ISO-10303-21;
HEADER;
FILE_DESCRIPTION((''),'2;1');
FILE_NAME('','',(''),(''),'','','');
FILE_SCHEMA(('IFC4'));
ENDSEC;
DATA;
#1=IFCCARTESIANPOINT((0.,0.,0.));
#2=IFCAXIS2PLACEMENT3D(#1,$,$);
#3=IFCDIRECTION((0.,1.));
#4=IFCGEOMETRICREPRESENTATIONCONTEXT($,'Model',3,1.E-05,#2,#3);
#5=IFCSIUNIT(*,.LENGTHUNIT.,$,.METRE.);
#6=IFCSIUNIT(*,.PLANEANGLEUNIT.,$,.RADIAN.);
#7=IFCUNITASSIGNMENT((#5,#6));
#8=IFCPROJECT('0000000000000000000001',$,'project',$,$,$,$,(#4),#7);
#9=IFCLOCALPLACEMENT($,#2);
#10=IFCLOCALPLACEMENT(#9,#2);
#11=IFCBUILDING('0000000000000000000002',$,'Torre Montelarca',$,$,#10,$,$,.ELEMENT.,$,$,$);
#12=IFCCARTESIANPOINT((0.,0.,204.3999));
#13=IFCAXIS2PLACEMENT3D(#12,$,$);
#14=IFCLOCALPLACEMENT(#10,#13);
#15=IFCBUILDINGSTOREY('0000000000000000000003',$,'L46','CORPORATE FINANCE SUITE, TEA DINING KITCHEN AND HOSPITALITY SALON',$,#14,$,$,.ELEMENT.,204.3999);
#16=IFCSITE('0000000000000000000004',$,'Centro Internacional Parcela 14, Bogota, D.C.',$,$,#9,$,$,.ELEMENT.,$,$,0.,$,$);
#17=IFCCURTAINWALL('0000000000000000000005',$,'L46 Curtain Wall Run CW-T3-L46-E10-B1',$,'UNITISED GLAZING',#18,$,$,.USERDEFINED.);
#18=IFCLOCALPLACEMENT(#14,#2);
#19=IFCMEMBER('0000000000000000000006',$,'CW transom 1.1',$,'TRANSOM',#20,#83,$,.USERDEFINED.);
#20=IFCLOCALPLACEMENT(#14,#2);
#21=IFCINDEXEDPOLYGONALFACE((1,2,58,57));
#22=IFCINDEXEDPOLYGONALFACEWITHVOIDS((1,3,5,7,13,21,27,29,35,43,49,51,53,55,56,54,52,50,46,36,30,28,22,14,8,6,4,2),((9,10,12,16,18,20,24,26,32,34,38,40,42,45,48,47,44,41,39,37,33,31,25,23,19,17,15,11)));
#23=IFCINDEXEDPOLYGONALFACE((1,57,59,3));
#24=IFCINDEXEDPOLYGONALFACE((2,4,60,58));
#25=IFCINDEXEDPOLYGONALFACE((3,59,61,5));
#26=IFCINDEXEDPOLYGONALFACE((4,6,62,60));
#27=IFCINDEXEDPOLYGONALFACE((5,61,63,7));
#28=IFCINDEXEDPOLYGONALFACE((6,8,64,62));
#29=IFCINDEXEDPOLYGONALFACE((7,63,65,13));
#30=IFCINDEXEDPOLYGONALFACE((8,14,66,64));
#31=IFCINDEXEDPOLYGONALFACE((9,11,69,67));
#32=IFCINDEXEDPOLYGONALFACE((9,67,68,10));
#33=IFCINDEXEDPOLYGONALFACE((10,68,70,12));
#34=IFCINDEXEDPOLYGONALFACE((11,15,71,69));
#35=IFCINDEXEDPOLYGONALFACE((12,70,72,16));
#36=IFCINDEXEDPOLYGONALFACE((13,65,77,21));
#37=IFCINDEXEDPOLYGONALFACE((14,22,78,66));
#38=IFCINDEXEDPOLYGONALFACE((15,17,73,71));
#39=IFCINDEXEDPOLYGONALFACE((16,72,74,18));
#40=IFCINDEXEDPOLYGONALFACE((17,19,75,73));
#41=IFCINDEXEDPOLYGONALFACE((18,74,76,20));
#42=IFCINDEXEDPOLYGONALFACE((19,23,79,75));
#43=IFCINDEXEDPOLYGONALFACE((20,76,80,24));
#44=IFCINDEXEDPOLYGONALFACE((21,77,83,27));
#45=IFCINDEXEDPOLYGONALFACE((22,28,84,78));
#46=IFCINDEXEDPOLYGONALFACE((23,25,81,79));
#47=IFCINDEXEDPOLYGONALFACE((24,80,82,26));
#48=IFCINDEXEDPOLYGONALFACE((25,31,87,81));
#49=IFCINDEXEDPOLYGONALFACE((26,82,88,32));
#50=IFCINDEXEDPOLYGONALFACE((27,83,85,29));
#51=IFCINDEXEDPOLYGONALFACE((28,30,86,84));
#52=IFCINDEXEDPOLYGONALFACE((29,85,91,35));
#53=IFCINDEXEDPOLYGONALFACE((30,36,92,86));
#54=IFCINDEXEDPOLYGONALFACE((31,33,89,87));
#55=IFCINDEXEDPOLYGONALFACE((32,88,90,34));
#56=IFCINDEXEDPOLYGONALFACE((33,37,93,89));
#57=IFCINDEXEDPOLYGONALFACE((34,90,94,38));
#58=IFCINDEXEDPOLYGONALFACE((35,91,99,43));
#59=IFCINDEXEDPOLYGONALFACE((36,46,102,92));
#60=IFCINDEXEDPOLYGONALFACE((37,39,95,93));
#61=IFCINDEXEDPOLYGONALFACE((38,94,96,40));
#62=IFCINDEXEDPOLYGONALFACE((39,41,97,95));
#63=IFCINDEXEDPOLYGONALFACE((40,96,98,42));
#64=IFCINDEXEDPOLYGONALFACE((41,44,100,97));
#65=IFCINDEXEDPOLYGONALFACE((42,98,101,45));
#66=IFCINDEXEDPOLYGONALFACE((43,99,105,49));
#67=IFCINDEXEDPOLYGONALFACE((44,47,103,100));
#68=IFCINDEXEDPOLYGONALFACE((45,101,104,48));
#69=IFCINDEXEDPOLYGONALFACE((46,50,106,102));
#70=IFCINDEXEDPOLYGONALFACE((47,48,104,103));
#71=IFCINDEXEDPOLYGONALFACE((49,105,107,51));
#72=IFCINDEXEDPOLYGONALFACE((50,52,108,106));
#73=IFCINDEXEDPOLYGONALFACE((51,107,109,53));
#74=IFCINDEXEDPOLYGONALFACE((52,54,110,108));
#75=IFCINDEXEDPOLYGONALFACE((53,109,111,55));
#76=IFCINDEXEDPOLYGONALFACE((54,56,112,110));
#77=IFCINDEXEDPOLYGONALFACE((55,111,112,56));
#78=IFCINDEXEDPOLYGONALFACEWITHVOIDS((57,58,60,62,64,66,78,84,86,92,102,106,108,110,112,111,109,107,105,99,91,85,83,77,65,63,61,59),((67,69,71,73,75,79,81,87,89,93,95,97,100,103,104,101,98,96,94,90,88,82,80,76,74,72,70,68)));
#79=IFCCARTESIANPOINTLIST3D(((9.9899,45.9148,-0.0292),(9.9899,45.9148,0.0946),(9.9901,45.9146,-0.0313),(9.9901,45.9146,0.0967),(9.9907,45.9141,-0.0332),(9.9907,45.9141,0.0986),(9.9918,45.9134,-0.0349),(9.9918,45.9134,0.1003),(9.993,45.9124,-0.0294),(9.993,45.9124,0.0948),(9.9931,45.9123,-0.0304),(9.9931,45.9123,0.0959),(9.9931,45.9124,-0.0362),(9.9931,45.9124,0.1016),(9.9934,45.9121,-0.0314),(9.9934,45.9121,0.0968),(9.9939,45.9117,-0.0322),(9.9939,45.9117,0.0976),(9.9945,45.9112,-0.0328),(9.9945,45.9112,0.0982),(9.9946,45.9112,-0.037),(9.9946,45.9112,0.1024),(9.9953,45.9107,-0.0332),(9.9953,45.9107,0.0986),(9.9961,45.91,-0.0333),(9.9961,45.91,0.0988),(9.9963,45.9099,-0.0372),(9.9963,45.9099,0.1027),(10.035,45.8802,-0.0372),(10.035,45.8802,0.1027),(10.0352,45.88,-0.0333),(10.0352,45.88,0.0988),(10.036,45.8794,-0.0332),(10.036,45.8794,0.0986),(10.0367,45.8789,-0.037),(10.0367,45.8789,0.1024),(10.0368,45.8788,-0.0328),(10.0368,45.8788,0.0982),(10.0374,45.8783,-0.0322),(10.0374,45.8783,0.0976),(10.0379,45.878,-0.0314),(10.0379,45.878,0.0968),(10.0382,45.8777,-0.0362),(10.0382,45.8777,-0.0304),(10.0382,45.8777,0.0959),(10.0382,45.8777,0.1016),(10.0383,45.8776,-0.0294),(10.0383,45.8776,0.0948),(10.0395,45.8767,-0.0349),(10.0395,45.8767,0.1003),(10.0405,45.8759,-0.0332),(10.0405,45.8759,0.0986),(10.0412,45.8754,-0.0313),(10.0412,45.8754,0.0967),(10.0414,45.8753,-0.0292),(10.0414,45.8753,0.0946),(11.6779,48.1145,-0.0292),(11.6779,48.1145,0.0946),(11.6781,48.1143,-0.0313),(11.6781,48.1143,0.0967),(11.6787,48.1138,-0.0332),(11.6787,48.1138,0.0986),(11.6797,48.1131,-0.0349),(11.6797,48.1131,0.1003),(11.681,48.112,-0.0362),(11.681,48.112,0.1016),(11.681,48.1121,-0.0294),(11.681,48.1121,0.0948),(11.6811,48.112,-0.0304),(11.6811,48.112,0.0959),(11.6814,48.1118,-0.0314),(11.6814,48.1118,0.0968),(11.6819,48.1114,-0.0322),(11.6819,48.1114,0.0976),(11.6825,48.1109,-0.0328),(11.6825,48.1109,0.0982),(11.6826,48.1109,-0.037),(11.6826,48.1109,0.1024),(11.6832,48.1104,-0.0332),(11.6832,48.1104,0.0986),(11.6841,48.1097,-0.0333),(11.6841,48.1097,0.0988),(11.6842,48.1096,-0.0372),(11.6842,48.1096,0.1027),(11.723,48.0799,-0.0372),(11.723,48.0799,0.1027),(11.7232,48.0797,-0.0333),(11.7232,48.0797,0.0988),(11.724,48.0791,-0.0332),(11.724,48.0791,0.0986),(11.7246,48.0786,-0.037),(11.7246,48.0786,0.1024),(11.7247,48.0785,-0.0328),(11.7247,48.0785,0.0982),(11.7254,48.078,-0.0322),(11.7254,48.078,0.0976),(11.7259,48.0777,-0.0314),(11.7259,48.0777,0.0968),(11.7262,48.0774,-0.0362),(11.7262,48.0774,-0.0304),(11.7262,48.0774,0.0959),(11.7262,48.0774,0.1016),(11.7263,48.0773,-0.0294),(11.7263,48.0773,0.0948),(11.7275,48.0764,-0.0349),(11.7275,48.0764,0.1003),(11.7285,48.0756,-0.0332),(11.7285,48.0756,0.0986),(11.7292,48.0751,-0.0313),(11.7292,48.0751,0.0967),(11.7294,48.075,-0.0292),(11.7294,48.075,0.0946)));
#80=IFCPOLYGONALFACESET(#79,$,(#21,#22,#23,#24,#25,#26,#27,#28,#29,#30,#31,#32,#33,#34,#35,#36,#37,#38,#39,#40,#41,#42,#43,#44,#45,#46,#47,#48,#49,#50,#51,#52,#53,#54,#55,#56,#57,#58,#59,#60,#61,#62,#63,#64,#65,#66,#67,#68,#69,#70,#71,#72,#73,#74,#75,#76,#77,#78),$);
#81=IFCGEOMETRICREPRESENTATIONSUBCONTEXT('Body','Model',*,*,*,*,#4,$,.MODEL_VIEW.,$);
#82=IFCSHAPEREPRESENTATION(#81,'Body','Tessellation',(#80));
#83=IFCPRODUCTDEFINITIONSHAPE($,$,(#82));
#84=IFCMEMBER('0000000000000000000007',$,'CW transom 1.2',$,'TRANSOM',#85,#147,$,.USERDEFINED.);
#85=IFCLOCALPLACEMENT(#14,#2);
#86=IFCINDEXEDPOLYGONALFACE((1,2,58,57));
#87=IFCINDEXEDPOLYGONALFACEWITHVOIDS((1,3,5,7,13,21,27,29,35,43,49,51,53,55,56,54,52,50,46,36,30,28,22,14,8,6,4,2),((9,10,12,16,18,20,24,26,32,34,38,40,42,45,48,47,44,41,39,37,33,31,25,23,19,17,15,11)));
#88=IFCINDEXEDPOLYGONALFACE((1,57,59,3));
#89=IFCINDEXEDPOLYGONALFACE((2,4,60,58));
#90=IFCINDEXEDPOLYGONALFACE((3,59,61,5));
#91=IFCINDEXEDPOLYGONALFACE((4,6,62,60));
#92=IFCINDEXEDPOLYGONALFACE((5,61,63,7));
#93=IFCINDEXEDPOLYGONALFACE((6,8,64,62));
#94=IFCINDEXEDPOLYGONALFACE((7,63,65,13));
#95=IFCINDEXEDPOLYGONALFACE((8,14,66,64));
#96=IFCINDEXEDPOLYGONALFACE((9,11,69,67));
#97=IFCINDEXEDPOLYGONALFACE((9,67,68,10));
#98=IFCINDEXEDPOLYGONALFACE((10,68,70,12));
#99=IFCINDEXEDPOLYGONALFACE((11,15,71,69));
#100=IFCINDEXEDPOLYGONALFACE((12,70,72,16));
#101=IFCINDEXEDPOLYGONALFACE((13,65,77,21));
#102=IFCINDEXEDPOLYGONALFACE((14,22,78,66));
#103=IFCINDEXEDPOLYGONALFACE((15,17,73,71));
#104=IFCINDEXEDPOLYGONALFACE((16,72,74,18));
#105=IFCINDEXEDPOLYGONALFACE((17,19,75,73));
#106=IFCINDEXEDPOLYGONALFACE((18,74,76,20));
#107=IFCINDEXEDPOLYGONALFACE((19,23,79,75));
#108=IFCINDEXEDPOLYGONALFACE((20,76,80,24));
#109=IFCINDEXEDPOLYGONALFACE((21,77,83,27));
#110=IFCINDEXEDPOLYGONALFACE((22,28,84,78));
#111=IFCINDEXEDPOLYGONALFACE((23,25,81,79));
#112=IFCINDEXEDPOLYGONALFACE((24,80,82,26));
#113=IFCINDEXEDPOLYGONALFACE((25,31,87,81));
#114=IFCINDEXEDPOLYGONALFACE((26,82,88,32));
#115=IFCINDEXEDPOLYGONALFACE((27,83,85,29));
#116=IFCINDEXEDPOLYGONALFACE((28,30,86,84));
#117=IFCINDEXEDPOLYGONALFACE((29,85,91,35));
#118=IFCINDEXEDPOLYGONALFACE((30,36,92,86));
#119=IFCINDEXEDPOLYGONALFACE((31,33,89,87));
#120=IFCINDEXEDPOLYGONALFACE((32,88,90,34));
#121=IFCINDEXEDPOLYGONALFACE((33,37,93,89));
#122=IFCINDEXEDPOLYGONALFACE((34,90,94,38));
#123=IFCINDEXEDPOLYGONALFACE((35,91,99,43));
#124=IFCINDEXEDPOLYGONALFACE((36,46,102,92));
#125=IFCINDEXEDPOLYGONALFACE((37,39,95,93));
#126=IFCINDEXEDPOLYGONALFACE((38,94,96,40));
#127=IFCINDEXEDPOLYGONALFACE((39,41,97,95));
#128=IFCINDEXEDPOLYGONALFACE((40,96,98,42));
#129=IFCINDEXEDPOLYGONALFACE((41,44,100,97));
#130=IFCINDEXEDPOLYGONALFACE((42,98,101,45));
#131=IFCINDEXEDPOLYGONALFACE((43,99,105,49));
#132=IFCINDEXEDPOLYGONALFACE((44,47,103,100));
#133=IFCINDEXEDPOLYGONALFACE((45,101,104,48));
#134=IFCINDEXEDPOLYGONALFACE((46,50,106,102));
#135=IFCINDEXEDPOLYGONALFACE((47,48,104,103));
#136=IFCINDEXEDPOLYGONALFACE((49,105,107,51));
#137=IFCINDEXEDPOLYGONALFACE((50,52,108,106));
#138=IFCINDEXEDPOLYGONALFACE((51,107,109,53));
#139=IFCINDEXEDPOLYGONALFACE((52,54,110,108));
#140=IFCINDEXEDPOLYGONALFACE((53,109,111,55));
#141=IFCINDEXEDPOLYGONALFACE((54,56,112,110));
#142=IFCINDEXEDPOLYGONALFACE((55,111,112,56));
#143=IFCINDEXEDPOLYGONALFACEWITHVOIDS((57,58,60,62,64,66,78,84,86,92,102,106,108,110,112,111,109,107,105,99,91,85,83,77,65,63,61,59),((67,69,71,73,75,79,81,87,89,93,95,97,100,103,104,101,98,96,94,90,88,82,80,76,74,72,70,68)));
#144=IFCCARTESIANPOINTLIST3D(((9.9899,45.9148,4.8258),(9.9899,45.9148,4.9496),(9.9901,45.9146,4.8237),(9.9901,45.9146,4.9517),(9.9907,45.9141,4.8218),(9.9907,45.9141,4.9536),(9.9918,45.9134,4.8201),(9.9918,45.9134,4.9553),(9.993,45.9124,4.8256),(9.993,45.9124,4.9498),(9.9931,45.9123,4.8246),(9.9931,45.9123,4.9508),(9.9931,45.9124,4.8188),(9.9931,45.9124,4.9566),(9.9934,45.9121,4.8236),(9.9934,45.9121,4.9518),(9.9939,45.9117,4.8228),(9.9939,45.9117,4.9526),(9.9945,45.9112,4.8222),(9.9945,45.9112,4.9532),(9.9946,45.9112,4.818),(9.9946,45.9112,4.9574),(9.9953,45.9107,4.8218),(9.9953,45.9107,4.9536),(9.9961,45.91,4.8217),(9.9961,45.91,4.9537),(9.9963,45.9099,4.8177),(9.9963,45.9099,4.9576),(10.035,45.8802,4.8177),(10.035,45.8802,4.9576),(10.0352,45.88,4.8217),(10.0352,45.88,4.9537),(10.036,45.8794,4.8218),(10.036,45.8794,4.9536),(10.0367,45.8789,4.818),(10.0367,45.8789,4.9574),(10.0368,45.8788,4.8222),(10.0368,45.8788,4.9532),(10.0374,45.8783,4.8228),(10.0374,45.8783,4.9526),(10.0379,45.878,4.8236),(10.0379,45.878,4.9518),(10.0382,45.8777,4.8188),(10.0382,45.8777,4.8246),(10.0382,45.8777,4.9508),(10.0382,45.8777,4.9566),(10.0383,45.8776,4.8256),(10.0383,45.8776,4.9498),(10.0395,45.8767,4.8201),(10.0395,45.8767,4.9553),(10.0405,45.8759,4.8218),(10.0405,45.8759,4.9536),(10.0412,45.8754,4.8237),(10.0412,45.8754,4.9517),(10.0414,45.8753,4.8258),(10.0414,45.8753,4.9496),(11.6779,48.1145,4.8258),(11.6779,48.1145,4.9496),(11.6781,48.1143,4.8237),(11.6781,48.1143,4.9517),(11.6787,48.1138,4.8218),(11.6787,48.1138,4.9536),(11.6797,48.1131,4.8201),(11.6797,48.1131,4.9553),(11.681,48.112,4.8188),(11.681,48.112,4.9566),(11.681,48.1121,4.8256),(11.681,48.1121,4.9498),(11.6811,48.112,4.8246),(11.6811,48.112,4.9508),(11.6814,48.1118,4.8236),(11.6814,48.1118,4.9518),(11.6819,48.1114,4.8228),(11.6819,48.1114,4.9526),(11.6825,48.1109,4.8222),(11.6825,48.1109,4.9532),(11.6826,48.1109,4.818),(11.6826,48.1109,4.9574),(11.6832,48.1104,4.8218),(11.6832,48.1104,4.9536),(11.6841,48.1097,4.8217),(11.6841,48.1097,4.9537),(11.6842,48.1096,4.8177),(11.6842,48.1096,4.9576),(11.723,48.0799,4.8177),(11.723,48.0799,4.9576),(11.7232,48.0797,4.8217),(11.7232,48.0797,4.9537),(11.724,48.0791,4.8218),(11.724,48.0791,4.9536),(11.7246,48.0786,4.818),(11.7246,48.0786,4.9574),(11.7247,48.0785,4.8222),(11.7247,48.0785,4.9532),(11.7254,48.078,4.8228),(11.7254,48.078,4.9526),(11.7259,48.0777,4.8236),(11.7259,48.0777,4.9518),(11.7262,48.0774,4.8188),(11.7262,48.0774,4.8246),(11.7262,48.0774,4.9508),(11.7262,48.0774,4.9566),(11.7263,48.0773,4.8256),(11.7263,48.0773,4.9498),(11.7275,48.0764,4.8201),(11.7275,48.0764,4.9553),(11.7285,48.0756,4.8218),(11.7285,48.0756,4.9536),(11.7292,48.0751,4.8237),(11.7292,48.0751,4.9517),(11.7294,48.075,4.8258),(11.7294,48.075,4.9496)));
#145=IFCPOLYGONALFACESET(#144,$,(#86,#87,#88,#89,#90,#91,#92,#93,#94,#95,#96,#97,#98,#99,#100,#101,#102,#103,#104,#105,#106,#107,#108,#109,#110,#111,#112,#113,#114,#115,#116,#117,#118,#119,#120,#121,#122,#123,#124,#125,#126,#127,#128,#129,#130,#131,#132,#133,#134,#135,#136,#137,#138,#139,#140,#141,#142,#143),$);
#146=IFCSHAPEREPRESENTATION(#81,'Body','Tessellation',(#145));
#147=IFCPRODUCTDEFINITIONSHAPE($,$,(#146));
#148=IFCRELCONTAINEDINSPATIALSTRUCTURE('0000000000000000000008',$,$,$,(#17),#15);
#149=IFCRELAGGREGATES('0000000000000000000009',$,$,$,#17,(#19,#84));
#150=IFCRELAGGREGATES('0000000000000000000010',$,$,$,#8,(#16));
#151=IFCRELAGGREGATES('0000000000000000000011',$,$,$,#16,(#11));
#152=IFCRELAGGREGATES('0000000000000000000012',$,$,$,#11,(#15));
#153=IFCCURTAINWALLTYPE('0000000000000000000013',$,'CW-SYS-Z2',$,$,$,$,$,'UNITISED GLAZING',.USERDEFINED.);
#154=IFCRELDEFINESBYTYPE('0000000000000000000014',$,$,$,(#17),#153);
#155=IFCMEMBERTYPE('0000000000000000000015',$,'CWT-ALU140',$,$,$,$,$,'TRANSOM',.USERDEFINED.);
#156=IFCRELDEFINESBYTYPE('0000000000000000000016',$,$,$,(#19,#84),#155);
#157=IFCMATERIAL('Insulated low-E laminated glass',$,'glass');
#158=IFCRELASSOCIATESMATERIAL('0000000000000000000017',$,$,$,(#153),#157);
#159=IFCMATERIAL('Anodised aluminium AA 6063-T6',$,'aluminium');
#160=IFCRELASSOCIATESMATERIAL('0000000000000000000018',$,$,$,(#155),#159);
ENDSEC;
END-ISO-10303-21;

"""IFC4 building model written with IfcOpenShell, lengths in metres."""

from ifc_helpers import new_model, si_unit, direction, frame, origin, origin_2d, place, context, subcontext, project, spatial, hollow_rectangle, extrude, source, transform, mapped, material, material_profile, profile_set, type_object, element, aggregate, save


model = new_model("IFC4")

# Units and contexts
model_context = context("Model", 3, precision=1e-05, world=origin(), true_north=direction((0.0, 1.0)))
body_context = subcontext(model_context, "Body", "Model", "MODEL_VIEW")
ifc_project = project(units=[si_unit("LENGTHUNIT", "METRE"), si_unit("PLANEANGLEUNIT", "RADIAN")], contexts=[model_context])

# Site, building, storey
site_placement = place(None, origin())
site = spatial("IfcSite", under=ifc_project, at=site_placement, Name="Centro Internacional Parcela 14, Bogota, D.C.", CompositionType="ELEMENT", RefElevation=0.0)
building_placement = place(site_placement, origin())
building = spatial("IfcBuilding", under=site, at=building_placement, Name="Torre Montelarca", CompositionType="ELEMENT")
storey_placement = place(building_placement, frame((0.0, 0.0, 204.3999)))
storey = spatial("IfcBuildingStorey", under=building, at=storey_placement, Name="L46", Description="CORPORATE FINANCE SUITE, TEA DINING KITCHEN AND HOSPITALITY SALON", CompositionType="ELEMENT", Elevation=204.3999)

# Curtain wall, members
ifc_material_1 = material(Name="Insulated low-E laminated glass", Category="glass")
curtain_wall_type = type_object("IfcCurtainWallType", Name="CW-SYS-Z2", ElementType="UNITISED GLAZING", PredefinedType="USERDEFINED", material=ifc_material_1)
ifc_material_2 = material(Name="Anodised aluminium AA 6063-T6", Category="aluminium")
ifc_material_profile_1 = material_profile(ifc_material_2, hollow_rectangle(XDim=0.0649, YDim=0.1399, WallThickness=0.0039, InnerFilletRadius=0.0039, OuterFilletRadius=0.0081, at=origin_2d()), Name="ALU65X140X4", Category="aluminium")
ifc_profile_set_1 = profile_set([ifc_material_profile_1], Name="Anodised aluminium AA 6063-T6")
member_type_1 = type_object("IfcMemberType", Name="CWT-ALU140", ElementType="TRANSOM", PredefinedType="USERDEFINED", material=ifc_profile_set_1)
curtain_wall_1_placement = place(storey_placement, origin())
curtain_wall_1 = element("IfcCurtainWall", 1, at=curtain_wall_1_placement, inside=storey, type_object=curtain_wall_type, Name="L46 Curtain Wall Run CW-T3-L46-E10-B1", ObjectType="UNITISED GLAZING", PredefinedType="USERDEFINED")
shared_shape_1 = source(origin(), body_context, "Body", "SweptSolid", [
    extrude(hollow_rectangle(XDim=0.0649, YDim=0.1399, WallThickness=0.0039, InnerFilletRadius=0.0039, OuterFilletRadius=0.0081, at=origin_2d()), origin(), (0.0, 0.0, 1.0), 2.7727),
])
member_1_placement = place(storey_placement, frame((11.7036, 48.0947, 0.0327), z_axis=(-0.608783, -0.793337, 0.0), x_axis=(0.793337, -0.608783, 0.0)))
member_1 = element("IfcMember", 2, at=member_1_placement, type_object=member_type_1, Name="CW transom 1.1", ObjectType="TRANSOM", PredefinedType="USERDEFINED", context=body_context, shape_type="MappedRepresentation", body=[
    mapped(shared_shape_1, transform((0.0, 0.0, 0.0), scale=1.0)),
])
member_2_placement = place(storey_placement, frame((11.7036, 48.0947, 4.8877), z_axis=(-0.608783, -0.793337, 0.0), x_axis=(0.793337, -0.608783, 0.0)))
member_2 = element("IfcMember", 3, at=member_2_placement, type_object=member_type_1, Name="CW transom 1.2", ObjectType="TRANSOM", PredefinedType="USERDEFINED", context=body_context, shape_type="MappedRepresentation", body=[
    mapped(shared_shape_1, transform((0.0, 0.0, 0.0), scale=1.0)),
])

aggregate(curtain_wall_1, [member_1, member_2])

save(model, "model.ifc")
